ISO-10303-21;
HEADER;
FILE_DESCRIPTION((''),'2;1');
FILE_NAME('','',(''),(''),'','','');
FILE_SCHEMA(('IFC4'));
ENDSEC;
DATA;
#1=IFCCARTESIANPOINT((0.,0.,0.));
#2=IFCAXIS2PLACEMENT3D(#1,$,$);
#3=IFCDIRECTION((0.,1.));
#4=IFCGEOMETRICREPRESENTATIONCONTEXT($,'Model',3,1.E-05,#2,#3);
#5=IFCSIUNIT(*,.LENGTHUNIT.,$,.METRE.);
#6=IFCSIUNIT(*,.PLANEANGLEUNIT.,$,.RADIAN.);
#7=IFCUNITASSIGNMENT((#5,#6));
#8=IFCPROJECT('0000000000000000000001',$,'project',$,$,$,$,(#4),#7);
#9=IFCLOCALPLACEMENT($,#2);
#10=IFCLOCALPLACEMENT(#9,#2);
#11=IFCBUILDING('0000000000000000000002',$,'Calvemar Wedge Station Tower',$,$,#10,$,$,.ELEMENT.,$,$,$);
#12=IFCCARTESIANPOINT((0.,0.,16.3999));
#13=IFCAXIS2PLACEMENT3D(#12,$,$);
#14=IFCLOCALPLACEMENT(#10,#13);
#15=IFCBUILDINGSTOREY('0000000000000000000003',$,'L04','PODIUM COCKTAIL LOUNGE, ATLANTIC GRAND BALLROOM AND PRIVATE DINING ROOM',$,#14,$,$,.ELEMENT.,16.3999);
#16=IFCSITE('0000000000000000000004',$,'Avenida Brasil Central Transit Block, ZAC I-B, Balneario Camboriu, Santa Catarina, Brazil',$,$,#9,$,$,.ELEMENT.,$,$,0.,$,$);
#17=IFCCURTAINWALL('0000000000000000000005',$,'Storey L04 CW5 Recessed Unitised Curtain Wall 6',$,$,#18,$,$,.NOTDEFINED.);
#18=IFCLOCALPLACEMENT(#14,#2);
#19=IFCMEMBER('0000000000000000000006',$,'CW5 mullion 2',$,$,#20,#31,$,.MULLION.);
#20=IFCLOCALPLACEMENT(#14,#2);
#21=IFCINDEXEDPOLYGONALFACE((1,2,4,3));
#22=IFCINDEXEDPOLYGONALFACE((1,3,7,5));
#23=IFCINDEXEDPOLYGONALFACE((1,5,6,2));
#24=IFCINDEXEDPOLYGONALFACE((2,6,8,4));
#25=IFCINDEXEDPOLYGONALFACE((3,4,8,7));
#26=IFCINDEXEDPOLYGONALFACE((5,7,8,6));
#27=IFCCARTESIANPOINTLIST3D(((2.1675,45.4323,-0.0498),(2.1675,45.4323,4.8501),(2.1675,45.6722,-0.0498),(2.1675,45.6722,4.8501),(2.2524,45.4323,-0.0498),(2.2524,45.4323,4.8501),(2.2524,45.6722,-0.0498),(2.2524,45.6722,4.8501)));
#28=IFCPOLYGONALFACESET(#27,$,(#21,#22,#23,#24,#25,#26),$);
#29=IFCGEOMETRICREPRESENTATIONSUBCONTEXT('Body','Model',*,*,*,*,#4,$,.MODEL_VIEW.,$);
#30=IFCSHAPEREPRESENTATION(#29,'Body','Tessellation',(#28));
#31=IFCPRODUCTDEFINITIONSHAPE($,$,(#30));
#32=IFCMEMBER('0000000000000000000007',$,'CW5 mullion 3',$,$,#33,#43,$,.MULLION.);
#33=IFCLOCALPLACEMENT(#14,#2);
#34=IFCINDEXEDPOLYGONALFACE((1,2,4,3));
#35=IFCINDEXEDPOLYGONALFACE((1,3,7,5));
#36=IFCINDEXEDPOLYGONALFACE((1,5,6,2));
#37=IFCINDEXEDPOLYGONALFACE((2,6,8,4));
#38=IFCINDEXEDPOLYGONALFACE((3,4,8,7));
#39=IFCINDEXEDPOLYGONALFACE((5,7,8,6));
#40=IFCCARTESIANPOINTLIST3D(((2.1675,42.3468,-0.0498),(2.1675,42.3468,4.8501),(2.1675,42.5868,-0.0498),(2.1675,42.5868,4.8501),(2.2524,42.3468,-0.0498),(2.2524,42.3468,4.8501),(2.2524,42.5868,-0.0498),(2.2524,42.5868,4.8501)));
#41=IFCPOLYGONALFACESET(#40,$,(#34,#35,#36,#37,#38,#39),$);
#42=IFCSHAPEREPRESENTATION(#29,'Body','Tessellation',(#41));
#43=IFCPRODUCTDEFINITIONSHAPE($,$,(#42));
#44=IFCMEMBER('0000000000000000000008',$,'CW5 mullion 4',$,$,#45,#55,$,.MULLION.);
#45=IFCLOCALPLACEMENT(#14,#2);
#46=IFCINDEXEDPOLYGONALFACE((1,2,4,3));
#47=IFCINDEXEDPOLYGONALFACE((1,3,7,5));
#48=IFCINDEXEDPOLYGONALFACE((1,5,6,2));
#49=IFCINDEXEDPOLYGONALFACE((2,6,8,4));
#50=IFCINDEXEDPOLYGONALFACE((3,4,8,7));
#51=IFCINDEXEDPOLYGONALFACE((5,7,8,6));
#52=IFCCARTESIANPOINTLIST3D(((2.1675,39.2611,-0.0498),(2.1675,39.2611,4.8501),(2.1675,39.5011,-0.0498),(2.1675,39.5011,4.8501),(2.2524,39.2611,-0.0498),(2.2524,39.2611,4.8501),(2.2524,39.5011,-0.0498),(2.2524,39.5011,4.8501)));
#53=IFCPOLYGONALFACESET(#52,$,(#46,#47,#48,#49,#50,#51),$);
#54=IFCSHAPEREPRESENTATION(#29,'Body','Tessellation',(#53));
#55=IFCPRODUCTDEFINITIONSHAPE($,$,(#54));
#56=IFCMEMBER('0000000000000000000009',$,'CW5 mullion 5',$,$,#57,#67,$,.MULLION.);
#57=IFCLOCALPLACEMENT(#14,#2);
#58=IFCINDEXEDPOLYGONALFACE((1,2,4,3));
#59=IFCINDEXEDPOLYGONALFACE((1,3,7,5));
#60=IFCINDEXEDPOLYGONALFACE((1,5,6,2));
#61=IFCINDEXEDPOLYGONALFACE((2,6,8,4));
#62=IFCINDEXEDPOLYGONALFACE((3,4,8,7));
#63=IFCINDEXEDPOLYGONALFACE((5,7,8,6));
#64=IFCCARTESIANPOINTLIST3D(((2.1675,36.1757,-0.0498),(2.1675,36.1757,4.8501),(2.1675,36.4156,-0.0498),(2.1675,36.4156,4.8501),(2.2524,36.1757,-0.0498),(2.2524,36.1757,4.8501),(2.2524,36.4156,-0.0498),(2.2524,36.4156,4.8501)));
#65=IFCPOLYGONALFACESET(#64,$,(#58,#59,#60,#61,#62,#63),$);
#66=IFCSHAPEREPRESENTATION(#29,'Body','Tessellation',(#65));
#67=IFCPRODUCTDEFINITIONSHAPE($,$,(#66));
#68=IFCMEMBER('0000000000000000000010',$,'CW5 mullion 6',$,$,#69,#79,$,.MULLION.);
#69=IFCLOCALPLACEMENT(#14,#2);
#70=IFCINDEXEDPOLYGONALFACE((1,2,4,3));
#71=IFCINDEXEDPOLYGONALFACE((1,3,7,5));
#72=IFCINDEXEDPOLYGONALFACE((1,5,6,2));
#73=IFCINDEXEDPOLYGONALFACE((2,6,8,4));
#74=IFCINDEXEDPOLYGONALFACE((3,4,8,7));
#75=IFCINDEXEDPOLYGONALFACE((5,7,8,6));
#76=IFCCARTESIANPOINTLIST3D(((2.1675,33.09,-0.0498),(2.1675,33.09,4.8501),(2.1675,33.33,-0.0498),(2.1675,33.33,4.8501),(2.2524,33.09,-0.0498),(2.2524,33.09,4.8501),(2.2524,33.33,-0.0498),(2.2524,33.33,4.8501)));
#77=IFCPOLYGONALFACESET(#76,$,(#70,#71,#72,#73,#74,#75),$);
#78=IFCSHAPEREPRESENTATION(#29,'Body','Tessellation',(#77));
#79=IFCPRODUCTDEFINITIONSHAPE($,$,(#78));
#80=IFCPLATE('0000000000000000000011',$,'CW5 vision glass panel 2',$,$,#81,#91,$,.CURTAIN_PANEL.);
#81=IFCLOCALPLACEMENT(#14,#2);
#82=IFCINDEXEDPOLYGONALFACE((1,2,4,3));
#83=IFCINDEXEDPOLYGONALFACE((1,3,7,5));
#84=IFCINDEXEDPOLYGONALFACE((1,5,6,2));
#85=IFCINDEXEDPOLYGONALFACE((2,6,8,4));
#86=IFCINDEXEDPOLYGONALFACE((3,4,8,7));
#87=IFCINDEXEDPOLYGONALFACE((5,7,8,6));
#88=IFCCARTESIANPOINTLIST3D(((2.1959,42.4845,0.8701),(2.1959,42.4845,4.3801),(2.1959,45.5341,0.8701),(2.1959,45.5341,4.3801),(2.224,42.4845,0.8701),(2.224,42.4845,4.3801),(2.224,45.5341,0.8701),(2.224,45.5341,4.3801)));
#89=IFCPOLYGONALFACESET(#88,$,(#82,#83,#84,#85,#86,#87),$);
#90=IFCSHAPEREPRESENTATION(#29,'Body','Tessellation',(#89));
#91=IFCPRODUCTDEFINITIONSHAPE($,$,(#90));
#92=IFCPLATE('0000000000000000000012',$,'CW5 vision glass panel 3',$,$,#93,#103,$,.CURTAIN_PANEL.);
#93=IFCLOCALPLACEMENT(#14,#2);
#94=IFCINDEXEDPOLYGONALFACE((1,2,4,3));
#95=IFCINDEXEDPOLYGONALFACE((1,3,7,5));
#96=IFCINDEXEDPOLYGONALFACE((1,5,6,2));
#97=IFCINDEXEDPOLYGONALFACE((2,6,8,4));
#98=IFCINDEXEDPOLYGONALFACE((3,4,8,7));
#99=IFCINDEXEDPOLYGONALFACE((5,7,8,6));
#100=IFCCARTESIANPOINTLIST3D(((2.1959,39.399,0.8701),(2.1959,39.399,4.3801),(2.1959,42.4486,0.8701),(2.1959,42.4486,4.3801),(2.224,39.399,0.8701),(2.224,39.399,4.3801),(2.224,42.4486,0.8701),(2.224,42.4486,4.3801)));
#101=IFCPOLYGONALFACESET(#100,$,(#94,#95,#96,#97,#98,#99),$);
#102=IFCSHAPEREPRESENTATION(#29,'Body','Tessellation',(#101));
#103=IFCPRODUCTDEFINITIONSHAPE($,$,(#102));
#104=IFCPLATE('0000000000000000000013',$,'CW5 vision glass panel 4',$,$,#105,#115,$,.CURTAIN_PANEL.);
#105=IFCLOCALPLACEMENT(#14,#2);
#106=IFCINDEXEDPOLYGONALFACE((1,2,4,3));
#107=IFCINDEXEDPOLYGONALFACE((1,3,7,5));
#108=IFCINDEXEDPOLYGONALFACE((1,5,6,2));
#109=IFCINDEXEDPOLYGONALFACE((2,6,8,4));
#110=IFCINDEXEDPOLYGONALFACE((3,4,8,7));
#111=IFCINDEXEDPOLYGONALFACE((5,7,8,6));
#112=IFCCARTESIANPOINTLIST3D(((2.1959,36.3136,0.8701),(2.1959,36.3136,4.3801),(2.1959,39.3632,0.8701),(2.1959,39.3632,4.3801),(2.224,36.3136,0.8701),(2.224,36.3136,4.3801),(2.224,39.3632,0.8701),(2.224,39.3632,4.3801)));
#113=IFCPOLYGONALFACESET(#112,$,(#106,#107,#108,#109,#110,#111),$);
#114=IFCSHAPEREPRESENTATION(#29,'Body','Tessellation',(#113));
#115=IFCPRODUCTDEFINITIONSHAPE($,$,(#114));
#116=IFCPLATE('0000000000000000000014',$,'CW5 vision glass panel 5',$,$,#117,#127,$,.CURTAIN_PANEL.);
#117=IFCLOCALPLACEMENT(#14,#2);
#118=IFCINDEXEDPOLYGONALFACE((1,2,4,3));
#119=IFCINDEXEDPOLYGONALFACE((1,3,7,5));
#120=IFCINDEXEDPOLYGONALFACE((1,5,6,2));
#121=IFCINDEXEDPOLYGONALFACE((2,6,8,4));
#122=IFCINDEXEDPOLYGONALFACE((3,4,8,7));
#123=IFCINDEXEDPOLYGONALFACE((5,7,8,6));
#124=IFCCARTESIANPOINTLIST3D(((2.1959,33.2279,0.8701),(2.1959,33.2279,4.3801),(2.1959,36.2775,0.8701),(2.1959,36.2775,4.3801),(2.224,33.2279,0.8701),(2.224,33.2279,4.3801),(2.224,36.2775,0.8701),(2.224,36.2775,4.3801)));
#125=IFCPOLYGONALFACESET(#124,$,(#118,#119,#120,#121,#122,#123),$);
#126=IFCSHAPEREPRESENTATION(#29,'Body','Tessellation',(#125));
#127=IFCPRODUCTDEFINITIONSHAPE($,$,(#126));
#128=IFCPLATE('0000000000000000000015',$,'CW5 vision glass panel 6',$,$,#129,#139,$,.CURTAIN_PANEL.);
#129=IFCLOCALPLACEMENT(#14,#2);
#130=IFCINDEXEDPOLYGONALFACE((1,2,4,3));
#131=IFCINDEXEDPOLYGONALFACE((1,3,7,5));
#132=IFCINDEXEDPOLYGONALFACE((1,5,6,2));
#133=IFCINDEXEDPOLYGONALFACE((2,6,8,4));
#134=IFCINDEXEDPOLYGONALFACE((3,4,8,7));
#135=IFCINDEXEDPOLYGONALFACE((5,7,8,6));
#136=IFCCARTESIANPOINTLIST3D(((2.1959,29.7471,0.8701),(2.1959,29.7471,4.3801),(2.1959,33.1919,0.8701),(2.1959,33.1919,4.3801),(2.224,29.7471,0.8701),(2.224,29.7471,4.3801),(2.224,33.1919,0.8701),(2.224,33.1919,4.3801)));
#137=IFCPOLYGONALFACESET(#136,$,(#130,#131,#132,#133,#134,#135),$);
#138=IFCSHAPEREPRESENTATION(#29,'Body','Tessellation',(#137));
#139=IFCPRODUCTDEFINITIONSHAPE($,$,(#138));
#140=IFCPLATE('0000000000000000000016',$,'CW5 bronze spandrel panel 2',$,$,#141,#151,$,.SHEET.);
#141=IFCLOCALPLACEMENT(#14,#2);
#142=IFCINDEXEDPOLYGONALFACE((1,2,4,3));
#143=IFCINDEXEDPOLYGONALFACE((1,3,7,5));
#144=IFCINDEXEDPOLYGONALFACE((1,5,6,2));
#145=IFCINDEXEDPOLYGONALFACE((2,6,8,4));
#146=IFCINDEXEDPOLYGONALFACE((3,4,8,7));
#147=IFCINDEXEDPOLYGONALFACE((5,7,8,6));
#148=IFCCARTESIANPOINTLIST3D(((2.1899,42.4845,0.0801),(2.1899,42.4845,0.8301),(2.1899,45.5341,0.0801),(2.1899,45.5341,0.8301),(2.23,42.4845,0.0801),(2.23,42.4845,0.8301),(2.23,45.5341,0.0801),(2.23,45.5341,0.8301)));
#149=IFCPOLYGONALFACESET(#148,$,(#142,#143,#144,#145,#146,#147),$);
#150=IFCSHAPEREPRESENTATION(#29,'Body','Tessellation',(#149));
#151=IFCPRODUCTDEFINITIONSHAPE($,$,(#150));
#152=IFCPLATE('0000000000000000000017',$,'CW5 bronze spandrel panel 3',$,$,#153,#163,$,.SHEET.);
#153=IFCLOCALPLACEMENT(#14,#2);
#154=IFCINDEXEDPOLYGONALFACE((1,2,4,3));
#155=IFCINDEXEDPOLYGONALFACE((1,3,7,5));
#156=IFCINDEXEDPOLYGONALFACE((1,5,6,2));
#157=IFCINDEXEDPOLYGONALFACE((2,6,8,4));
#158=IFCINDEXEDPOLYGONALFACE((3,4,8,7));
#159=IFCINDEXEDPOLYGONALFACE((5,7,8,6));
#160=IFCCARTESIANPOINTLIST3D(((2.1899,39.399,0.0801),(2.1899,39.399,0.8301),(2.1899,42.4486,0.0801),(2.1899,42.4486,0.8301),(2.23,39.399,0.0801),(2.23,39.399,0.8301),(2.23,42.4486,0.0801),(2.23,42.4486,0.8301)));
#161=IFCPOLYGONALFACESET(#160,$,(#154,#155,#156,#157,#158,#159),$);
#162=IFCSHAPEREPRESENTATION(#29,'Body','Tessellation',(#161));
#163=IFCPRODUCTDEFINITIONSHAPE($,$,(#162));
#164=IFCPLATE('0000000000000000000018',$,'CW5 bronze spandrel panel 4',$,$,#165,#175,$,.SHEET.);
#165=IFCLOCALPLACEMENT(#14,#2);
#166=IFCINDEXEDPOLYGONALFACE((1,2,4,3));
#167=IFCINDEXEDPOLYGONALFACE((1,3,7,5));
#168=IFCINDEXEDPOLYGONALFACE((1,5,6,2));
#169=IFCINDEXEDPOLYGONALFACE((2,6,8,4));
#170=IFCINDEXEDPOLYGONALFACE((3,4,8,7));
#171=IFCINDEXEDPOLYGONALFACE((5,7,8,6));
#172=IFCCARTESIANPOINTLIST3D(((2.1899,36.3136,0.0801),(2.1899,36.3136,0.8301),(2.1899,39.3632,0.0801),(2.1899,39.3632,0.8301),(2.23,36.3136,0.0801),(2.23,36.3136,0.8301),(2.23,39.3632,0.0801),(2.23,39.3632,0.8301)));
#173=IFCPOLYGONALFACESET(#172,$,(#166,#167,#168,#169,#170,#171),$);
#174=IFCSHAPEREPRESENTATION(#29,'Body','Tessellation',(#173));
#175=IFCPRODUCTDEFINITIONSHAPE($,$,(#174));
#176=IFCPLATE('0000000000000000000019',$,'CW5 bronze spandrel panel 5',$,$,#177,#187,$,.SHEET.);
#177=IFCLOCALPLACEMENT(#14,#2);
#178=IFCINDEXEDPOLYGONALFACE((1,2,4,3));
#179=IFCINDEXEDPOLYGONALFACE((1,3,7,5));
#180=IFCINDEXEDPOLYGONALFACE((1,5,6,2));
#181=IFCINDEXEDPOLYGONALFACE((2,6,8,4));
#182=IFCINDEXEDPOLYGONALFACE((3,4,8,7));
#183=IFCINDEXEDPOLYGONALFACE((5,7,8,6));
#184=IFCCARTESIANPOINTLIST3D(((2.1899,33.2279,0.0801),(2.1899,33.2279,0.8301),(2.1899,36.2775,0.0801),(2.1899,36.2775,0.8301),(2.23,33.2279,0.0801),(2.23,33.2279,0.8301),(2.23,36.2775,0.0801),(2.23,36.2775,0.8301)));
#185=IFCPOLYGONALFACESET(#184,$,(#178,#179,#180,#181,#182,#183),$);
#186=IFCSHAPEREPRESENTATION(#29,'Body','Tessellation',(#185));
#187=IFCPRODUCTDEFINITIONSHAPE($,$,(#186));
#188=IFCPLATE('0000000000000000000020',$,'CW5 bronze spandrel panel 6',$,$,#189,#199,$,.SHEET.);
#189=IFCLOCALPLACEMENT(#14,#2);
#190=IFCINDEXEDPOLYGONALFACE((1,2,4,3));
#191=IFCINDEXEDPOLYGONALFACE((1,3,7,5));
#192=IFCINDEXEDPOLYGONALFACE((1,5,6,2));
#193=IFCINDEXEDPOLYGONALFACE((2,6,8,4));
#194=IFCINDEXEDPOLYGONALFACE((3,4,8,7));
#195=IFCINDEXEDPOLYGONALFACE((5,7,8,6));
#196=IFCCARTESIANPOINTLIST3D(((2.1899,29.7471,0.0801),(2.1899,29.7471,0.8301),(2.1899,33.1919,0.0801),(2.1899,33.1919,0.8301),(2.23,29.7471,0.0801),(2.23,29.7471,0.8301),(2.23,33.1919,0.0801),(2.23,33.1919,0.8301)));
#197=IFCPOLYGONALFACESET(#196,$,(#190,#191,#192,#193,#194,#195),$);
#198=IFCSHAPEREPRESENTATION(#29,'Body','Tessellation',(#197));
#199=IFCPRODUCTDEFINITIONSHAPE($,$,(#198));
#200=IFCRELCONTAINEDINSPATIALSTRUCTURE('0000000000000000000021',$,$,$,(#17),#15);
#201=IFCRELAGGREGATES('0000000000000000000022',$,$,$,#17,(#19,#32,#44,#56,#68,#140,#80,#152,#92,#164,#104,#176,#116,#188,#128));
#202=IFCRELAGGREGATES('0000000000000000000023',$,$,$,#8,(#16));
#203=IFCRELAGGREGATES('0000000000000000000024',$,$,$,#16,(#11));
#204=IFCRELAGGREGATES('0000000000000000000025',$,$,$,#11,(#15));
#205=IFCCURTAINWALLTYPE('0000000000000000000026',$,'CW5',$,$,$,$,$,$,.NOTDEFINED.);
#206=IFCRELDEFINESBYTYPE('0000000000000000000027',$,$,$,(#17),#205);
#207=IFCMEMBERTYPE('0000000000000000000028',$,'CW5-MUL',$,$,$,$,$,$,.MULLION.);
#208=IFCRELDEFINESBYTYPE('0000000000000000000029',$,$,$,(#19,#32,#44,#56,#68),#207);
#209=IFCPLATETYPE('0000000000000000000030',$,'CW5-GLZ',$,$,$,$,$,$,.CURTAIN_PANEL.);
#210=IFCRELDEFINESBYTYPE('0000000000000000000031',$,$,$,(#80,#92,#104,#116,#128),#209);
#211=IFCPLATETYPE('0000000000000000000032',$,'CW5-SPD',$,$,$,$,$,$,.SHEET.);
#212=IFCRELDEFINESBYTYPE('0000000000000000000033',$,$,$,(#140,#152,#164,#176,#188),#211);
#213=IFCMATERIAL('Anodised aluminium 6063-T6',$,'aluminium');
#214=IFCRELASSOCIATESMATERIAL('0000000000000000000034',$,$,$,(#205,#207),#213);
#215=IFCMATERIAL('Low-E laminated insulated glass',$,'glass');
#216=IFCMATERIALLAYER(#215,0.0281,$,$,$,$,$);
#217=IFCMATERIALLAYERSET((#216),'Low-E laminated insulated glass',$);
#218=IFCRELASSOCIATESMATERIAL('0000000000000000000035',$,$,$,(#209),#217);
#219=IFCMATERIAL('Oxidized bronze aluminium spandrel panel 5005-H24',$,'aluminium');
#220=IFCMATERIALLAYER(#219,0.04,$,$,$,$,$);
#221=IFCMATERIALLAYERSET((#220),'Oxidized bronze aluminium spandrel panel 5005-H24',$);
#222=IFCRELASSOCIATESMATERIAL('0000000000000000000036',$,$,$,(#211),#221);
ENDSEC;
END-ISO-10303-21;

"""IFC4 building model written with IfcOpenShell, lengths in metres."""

from ifc_helpers import new_model, si_unit, direction, frame, frame_2d, origin, origin_2d, place, context, subcontext, project, spatial, rectangle, extrude, source, transform, mapped, material, layer, layer_set, material_profile, profile_set, type_object, element, aggregate, save


model = new_model("IFC4")

# Units and contexts
model_context = context("Model", 3, precision=1e-05, world=origin(), true_north=direction((0.0, 1.0)))
body_context = subcontext(model_context, "Body", "Model", "MODEL_VIEW")
ifc_project = project(units=[si_unit("LENGTHUNIT", "METRE"), si_unit("PLANEANGLEUNIT", "RADIAN")], contexts=[model_context])

# Site, building, storey
site_placement = place(None, origin())
site = spatial("IfcSite", under=ifc_project, at=site_placement, Name="Avenida Brasil Central Transit Block, ZAC I-B, Balneario Camboriu, Santa Catarina, Brazil", CompositionType="ELEMENT", RefElevation=0.0)
building_placement = place(site_placement, origin())
building = spatial("IfcBuilding", under=site, at=building_placement, Name="Calvemar Wedge Station Tower", CompositionType="ELEMENT")
storey_placement = place(building_placement, frame((0.0, 0.0, 16.3999)))
storey = spatial("IfcBuildingStorey", under=building, at=storey_placement, Name="L04", Description="PODIUM COCKTAIL LOUNGE, ATLANTIC GRAND BALLROOM AND PRIVATE DINING ROOM", CompositionType="ELEMENT", Elevation=16.3999)

# Curtain wall, members, plates
ifc_material_1 = material(Name="Anodised aluminium 6063-T6", Category="aluminium")
curtain_wall_type = type_object("IfcCurtainWallType", Name="CW5", PredefinedType="NOTDEFINED", material=ifc_material_1)
curtain_wall_placement = place(storey_placement, origin())
curtain_wall = element("IfcCurtainWall", 1, at=curtain_wall_placement, inside=storey, type_object=curtain_wall_type, Name="Storey L04 CW5 Recessed Unitised Curtain Wall 6", PredefinedType="NOTDEFINED")
ifc_material_profile = material_profile(ifc_material_1, rectangle(XDim=0.085, YDim=0.24, at=origin_2d()), Name="AL-MUL-85x240")
ifc_profile_set = profile_set([ifc_material_profile], Name="Anodised aluminium 6063-T6")
member_type = type_object("IfcMemberType", Name="CW5-MUL", PredefinedType="MULLION", material=ifc_profile_set)
shared_shape = source(origin(), body_context, "Body", "SweptSolid", [
    extrude(rectangle(XDim=0.085, YDim=0.24, at=origin_2d()), origin(), (0.0, 0.0, 1.0), 4.8999),
])
member_1_placement = place(storey_placement, frame((2.21, 45.5522, -0.0498), z_axis=(0.0, 0.0, 1.0), x_axis=(1.0, 0.0, 0.0)))
member_1 = element("IfcMember", 2, at=member_1_placement, type_object=member_type, Name="CW5 mullion 2", PredefinedType="MULLION", context=body_context, shape_type="MappedRepresentation", body=[
    mapped(shared_shape, transform((0.0, 0.0, 0.0), scale=1.0)),
])
member_2_placement = place(storey_placement, frame((2.21, 42.4668, -0.0498), z_axis=(0.0, 0.0, 1.0), x_axis=(1.0, 0.0, 0.0)))
member_2 = element("IfcMember", 3, at=member_2_placement, type_object=member_type, Name="CW5 mullion 3", PredefinedType="MULLION", context=body_context, shape_type="MappedRepresentation", body=[
    mapped(shared_shape, transform((0.0, 0.0, 0.0), scale=1.0)),
])
member_3_placement = place(storey_placement, frame((2.21, 39.3811, -0.0498), z_axis=(0.0, 0.0, 1.0), x_axis=(1.0, 0.0, 0.0)))
member_3 = element("IfcMember", 4, at=member_3_placement, type_object=member_type, Name="CW5 mullion 4", PredefinedType="MULLION", context=body_context, shape_type="MappedRepresentation", body=[
    mapped(shared_shape, transform((0.0, 0.0, 0.0), scale=1.0)),
])
member_4_placement = place(storey_placement, frame((2.21, 36.2957, -0.0498), z_axis=(0.0, 0.0, 1.0), x_axis=(1.0, 0.0, 0.0)))
member_4 = element("IfcMember", 5, at=member_4_placement, type_object=member_type, Name="CW5 mullion 5", PredefinedType="MULLION", context=body_context, shape_type="MappedRepresentation", body=[
    mapped(shared_shape, transform((0.0, 0.0, 0.0), scale=1.0)),
])
member_5_placement = place(storey_placement, frame((2.21, 33.21, -0.0498), z_axis=(0.0, 0.0, 1.0), x_axis=(1.0, 0.0, 0.0)))
member_5 = element("IfcMember", 6, at=member_5_placement, type_object=member_type, Name="CW5 mullion 6", PredefinedType="MULLION", context=body_context, shape_type="MappedRepresentation", body=[
    mapped(shared_shape, transform((0.0, 0.0, 0.0), scale=1.0)),
])
ifc_material_2 = material(Name="Low-E laminated insulated glass", Category="glass")
ifc_layer_1 = layer(ifc_material_2, 0.0281)
ifc_layer_set_1 = layer_set([ifc_layer_1], Name="Low-E laminated insulated glass")
plate_type_1 = type_object("IfcPlateType", Name="CW5-GLZ", PredefinedType="CURTAIN_PANEL", material=ifc_layer_set_1)
plate_1_placement = place(storey_placement, frame((2.21, 45.5342, 0.8701), z_axis=(0.0, 0.0, 1.0), x_axis=(0.0, -1.0, 0.0)))
plate_1 = element("IfcPlate", 7, at=plate_1_placement, type_object=plate_type_1, Name="CW5 vision glass panel 2", PredefinedType="CURTAIN_PANEL", context=body_context, shape_type="SweptSolid", body=[
    extrude(rectangle(XDim=3.0496, YDim=0.0281, at=frame_2d((1.5249, 0.0))), origin(), (0.0, 0.0, 1.0), 3.51),
])
plate_2_placement = place(storey_placement, frame((2.21, 42.4487, 0.8701), z_axis=(0.0, 0.0, 1.0), x_axis=(0.0, -1.0, 0.0)))
plate_2 = element("IfcPlate", 8, at=plate_2_placement, type_object=plate_type_1, Name="CW5 vision glass panel 3", PredefinedType="CURTAIN_PANEL", context=body_context, shape_type="SweptSolid", body=[
    extrude(rectangle(XDim=3.0496, YDim=0.0281, at=frame_2d((1.5249, 0.0))), origin(), (0.0, 0.0, 1.0), 3.51),
])
plate_3_placement = place(storey_placement, frame((2.21, 39.3633, 0.8701), z_axis=(0.0, 0.0, 1.0), x_axis=(0.0, -1.0, 0.0)))
plate_3 = element("IfcPlate", 9, at=plate_3_placement, type_object=plate_type_1, Name="CW5 vision glass panel 4", PredefinedType="CURTAIN_PANEL", context=body_context, shape_type="SweptSolid", body=[
    extrude(rectangle(XDim=3.0496, YDim=0.0281, at=frame_2d((1.5249, 0.0))), origin(), (0.0, 0.0, 1.0), 3.51),
])
plate_4_placement = place(storey_placement, frame((2.21, 36.2776, 0.8701), z_axis=(0.0, 0.0, 1.0), x_axis=(0.0, -1.0, 0.0)))
plate_4 = element("IfcPlate", 10, at=plate_4_placement, type_object=plate_type_1, Name="CW5 vision glass panel 5", PredefinedType="CURTAIN_PANEL", context=body_context, shape_type="SweptSolid", body=[
    extrude(rectangle(XDim=3.0496, YDim=0.0281, at=frame_2d((1.5249, 0.0))), origin(), (0.0, 0.0, 1.0), 3.51),
])
plate_5_placement = place(storey_placement, frame((2.21, 33.1919, 0.8701), z_axis=(0.0, 0.0, 1.0), x_axis=(0.0, -1.0, 0.0)))
plate_5 = element("IfcPlate", 11, at=plate_5_placement, type_object=plate_type_1, Name="CW5 vision glass panel 6", PredefinedType="CURTAIN_PANEL", context=body_context, shape_type="SweptSolid", body=[
    extrude(rectangle(XDim=3.4448, YDim=0.0281, at=frame_2d((1.7224, 0.0))), origin(), (0.0, 0.0, 1.0), 3.51),
])
ifc_material_3 = material(Name="Oxidized bronze aluminium spandrel panel 5005-H24", Category="aluminium")
ifc_layer_2 = layer(ifc_material_3, 0.04)
ifc_layer_set_2 = layer_set([ifc_layer_2], Name="Oxidized bronze aluminium spandrel panel 5005-H24")
plate_type_2 = type_object("IfcPlateType", Name="CW5-SPD", PredefinedType="SHEET", material=ifc_layer_set_2)
plate_6_placement = place(storey_placement, frame((2.21, 45.5342, 0.0801), z_axis=(0.0, 0.0, 1.0), x_axis=(0.0, -1.0, 0.0)))
plate_6 = element("IfcPlate", 12, at=plate_6_placement, type_object=plate_type_2, Name="CW5 bronze spandrel panel 2", PredefinedType="SHEET", context=body_context, shape_type="SweptSolid", body=[
    extrude(rectangle(XDim=3.0496, YDim=0.04, at=frame_2d((1.5249, 0.0))), origin(), (0.0, 0.0, 1.0), 0.75),
])
plate_7_placement = place(storey_placement, frame((2.21, 42.4487, 0.0801), z_axis=(0.0, 0.0, 1.0), x_axis=(0.0, -1.0, 0.0)))
plate_7 = element("IfcPlate", 13, at=plate_7_placement, type_object=plate_type_2, Name="CW5 bronze spandrel panel 3", PredefinedType="SHEET", context=body_context, shape_type="SweptSolid", body=[
    extrude(rectangle(XDim=3.0496, YDim=0.04, at=frame_2d((1.5249, 0.0))), origin(), (0.0, 0.0, 1.0), 0.75),
])
plate_8_placement = place(storey_placement, frame((2.21, 39.3633, 0.0801), z_axis=(0.0, 0.0, 1.0), x_axis=(0.0, -1.0, 0.0)))
plate_8 = element("IfcPlate", 14, at=plate_8_placement, type_object=plate_type_2, Name="CW5 bronze spandrel panel 4", PredefinedType="SHEET", context=body_context, shape_type="SweptSolid", body=[
    extrude(rectangle(XDim=3.0496, YDim=0.04, at=frame_2d((1.5249, 0.0))), origin(), (0.0, 0.0, 1.0), 0.75),
])
plate_9_placement = place(storey_placement, frame((2.21, 36.2776, 0.0801), z_axis=(0.0, 0.0, 1.0), x_axis=(0.0, -1.0, 0.0)))
plate_9 = element("IfcPlate", 15, at=plate_9_placement, type_object=plate_type_2, Name="CW5 bronze spandrel panel 5", PredefinedType="SHEET", context=body_context, shape_type="SweptSolid", body=[
    extrude(rectangle(XDim=3.0496, YDim=0.04, at=frame_2d((1.5249, 0.0))), origin(), (0.0, 0.0, 1.0), 0.75),
])
plate_10_placement = place(storey_placement, frame((2.21, 33.1919, 0.0801), z_axis=(0.0, 0.0, 1.0), x_axis=(0.0, -1.0, 0.0)))
plate_10 = element("IfcPlate", 16, at=plate_10_placement, type_object=plate_type_2, Name="CW5 bronze spandrel panel 6", PredefinedType="SHEET", context=body_context, shape_type="SweptSolid", body=[
    extrude(rectangle(XDim=3.4448, YDim=0.04, at=frame_2d((1.7224, 0.0))), origin(), (0.0, 0.0, 1.0), 0.75),
])
aggregate(curtain_wall, [member_1, member_2, member_3, member_4, member_5, plate_6, plate_1, plate_7, plate_2, plate_8, plate_3, plate_9, plate_4, plate_10, plate_5])

save(model, "model.ifc")
